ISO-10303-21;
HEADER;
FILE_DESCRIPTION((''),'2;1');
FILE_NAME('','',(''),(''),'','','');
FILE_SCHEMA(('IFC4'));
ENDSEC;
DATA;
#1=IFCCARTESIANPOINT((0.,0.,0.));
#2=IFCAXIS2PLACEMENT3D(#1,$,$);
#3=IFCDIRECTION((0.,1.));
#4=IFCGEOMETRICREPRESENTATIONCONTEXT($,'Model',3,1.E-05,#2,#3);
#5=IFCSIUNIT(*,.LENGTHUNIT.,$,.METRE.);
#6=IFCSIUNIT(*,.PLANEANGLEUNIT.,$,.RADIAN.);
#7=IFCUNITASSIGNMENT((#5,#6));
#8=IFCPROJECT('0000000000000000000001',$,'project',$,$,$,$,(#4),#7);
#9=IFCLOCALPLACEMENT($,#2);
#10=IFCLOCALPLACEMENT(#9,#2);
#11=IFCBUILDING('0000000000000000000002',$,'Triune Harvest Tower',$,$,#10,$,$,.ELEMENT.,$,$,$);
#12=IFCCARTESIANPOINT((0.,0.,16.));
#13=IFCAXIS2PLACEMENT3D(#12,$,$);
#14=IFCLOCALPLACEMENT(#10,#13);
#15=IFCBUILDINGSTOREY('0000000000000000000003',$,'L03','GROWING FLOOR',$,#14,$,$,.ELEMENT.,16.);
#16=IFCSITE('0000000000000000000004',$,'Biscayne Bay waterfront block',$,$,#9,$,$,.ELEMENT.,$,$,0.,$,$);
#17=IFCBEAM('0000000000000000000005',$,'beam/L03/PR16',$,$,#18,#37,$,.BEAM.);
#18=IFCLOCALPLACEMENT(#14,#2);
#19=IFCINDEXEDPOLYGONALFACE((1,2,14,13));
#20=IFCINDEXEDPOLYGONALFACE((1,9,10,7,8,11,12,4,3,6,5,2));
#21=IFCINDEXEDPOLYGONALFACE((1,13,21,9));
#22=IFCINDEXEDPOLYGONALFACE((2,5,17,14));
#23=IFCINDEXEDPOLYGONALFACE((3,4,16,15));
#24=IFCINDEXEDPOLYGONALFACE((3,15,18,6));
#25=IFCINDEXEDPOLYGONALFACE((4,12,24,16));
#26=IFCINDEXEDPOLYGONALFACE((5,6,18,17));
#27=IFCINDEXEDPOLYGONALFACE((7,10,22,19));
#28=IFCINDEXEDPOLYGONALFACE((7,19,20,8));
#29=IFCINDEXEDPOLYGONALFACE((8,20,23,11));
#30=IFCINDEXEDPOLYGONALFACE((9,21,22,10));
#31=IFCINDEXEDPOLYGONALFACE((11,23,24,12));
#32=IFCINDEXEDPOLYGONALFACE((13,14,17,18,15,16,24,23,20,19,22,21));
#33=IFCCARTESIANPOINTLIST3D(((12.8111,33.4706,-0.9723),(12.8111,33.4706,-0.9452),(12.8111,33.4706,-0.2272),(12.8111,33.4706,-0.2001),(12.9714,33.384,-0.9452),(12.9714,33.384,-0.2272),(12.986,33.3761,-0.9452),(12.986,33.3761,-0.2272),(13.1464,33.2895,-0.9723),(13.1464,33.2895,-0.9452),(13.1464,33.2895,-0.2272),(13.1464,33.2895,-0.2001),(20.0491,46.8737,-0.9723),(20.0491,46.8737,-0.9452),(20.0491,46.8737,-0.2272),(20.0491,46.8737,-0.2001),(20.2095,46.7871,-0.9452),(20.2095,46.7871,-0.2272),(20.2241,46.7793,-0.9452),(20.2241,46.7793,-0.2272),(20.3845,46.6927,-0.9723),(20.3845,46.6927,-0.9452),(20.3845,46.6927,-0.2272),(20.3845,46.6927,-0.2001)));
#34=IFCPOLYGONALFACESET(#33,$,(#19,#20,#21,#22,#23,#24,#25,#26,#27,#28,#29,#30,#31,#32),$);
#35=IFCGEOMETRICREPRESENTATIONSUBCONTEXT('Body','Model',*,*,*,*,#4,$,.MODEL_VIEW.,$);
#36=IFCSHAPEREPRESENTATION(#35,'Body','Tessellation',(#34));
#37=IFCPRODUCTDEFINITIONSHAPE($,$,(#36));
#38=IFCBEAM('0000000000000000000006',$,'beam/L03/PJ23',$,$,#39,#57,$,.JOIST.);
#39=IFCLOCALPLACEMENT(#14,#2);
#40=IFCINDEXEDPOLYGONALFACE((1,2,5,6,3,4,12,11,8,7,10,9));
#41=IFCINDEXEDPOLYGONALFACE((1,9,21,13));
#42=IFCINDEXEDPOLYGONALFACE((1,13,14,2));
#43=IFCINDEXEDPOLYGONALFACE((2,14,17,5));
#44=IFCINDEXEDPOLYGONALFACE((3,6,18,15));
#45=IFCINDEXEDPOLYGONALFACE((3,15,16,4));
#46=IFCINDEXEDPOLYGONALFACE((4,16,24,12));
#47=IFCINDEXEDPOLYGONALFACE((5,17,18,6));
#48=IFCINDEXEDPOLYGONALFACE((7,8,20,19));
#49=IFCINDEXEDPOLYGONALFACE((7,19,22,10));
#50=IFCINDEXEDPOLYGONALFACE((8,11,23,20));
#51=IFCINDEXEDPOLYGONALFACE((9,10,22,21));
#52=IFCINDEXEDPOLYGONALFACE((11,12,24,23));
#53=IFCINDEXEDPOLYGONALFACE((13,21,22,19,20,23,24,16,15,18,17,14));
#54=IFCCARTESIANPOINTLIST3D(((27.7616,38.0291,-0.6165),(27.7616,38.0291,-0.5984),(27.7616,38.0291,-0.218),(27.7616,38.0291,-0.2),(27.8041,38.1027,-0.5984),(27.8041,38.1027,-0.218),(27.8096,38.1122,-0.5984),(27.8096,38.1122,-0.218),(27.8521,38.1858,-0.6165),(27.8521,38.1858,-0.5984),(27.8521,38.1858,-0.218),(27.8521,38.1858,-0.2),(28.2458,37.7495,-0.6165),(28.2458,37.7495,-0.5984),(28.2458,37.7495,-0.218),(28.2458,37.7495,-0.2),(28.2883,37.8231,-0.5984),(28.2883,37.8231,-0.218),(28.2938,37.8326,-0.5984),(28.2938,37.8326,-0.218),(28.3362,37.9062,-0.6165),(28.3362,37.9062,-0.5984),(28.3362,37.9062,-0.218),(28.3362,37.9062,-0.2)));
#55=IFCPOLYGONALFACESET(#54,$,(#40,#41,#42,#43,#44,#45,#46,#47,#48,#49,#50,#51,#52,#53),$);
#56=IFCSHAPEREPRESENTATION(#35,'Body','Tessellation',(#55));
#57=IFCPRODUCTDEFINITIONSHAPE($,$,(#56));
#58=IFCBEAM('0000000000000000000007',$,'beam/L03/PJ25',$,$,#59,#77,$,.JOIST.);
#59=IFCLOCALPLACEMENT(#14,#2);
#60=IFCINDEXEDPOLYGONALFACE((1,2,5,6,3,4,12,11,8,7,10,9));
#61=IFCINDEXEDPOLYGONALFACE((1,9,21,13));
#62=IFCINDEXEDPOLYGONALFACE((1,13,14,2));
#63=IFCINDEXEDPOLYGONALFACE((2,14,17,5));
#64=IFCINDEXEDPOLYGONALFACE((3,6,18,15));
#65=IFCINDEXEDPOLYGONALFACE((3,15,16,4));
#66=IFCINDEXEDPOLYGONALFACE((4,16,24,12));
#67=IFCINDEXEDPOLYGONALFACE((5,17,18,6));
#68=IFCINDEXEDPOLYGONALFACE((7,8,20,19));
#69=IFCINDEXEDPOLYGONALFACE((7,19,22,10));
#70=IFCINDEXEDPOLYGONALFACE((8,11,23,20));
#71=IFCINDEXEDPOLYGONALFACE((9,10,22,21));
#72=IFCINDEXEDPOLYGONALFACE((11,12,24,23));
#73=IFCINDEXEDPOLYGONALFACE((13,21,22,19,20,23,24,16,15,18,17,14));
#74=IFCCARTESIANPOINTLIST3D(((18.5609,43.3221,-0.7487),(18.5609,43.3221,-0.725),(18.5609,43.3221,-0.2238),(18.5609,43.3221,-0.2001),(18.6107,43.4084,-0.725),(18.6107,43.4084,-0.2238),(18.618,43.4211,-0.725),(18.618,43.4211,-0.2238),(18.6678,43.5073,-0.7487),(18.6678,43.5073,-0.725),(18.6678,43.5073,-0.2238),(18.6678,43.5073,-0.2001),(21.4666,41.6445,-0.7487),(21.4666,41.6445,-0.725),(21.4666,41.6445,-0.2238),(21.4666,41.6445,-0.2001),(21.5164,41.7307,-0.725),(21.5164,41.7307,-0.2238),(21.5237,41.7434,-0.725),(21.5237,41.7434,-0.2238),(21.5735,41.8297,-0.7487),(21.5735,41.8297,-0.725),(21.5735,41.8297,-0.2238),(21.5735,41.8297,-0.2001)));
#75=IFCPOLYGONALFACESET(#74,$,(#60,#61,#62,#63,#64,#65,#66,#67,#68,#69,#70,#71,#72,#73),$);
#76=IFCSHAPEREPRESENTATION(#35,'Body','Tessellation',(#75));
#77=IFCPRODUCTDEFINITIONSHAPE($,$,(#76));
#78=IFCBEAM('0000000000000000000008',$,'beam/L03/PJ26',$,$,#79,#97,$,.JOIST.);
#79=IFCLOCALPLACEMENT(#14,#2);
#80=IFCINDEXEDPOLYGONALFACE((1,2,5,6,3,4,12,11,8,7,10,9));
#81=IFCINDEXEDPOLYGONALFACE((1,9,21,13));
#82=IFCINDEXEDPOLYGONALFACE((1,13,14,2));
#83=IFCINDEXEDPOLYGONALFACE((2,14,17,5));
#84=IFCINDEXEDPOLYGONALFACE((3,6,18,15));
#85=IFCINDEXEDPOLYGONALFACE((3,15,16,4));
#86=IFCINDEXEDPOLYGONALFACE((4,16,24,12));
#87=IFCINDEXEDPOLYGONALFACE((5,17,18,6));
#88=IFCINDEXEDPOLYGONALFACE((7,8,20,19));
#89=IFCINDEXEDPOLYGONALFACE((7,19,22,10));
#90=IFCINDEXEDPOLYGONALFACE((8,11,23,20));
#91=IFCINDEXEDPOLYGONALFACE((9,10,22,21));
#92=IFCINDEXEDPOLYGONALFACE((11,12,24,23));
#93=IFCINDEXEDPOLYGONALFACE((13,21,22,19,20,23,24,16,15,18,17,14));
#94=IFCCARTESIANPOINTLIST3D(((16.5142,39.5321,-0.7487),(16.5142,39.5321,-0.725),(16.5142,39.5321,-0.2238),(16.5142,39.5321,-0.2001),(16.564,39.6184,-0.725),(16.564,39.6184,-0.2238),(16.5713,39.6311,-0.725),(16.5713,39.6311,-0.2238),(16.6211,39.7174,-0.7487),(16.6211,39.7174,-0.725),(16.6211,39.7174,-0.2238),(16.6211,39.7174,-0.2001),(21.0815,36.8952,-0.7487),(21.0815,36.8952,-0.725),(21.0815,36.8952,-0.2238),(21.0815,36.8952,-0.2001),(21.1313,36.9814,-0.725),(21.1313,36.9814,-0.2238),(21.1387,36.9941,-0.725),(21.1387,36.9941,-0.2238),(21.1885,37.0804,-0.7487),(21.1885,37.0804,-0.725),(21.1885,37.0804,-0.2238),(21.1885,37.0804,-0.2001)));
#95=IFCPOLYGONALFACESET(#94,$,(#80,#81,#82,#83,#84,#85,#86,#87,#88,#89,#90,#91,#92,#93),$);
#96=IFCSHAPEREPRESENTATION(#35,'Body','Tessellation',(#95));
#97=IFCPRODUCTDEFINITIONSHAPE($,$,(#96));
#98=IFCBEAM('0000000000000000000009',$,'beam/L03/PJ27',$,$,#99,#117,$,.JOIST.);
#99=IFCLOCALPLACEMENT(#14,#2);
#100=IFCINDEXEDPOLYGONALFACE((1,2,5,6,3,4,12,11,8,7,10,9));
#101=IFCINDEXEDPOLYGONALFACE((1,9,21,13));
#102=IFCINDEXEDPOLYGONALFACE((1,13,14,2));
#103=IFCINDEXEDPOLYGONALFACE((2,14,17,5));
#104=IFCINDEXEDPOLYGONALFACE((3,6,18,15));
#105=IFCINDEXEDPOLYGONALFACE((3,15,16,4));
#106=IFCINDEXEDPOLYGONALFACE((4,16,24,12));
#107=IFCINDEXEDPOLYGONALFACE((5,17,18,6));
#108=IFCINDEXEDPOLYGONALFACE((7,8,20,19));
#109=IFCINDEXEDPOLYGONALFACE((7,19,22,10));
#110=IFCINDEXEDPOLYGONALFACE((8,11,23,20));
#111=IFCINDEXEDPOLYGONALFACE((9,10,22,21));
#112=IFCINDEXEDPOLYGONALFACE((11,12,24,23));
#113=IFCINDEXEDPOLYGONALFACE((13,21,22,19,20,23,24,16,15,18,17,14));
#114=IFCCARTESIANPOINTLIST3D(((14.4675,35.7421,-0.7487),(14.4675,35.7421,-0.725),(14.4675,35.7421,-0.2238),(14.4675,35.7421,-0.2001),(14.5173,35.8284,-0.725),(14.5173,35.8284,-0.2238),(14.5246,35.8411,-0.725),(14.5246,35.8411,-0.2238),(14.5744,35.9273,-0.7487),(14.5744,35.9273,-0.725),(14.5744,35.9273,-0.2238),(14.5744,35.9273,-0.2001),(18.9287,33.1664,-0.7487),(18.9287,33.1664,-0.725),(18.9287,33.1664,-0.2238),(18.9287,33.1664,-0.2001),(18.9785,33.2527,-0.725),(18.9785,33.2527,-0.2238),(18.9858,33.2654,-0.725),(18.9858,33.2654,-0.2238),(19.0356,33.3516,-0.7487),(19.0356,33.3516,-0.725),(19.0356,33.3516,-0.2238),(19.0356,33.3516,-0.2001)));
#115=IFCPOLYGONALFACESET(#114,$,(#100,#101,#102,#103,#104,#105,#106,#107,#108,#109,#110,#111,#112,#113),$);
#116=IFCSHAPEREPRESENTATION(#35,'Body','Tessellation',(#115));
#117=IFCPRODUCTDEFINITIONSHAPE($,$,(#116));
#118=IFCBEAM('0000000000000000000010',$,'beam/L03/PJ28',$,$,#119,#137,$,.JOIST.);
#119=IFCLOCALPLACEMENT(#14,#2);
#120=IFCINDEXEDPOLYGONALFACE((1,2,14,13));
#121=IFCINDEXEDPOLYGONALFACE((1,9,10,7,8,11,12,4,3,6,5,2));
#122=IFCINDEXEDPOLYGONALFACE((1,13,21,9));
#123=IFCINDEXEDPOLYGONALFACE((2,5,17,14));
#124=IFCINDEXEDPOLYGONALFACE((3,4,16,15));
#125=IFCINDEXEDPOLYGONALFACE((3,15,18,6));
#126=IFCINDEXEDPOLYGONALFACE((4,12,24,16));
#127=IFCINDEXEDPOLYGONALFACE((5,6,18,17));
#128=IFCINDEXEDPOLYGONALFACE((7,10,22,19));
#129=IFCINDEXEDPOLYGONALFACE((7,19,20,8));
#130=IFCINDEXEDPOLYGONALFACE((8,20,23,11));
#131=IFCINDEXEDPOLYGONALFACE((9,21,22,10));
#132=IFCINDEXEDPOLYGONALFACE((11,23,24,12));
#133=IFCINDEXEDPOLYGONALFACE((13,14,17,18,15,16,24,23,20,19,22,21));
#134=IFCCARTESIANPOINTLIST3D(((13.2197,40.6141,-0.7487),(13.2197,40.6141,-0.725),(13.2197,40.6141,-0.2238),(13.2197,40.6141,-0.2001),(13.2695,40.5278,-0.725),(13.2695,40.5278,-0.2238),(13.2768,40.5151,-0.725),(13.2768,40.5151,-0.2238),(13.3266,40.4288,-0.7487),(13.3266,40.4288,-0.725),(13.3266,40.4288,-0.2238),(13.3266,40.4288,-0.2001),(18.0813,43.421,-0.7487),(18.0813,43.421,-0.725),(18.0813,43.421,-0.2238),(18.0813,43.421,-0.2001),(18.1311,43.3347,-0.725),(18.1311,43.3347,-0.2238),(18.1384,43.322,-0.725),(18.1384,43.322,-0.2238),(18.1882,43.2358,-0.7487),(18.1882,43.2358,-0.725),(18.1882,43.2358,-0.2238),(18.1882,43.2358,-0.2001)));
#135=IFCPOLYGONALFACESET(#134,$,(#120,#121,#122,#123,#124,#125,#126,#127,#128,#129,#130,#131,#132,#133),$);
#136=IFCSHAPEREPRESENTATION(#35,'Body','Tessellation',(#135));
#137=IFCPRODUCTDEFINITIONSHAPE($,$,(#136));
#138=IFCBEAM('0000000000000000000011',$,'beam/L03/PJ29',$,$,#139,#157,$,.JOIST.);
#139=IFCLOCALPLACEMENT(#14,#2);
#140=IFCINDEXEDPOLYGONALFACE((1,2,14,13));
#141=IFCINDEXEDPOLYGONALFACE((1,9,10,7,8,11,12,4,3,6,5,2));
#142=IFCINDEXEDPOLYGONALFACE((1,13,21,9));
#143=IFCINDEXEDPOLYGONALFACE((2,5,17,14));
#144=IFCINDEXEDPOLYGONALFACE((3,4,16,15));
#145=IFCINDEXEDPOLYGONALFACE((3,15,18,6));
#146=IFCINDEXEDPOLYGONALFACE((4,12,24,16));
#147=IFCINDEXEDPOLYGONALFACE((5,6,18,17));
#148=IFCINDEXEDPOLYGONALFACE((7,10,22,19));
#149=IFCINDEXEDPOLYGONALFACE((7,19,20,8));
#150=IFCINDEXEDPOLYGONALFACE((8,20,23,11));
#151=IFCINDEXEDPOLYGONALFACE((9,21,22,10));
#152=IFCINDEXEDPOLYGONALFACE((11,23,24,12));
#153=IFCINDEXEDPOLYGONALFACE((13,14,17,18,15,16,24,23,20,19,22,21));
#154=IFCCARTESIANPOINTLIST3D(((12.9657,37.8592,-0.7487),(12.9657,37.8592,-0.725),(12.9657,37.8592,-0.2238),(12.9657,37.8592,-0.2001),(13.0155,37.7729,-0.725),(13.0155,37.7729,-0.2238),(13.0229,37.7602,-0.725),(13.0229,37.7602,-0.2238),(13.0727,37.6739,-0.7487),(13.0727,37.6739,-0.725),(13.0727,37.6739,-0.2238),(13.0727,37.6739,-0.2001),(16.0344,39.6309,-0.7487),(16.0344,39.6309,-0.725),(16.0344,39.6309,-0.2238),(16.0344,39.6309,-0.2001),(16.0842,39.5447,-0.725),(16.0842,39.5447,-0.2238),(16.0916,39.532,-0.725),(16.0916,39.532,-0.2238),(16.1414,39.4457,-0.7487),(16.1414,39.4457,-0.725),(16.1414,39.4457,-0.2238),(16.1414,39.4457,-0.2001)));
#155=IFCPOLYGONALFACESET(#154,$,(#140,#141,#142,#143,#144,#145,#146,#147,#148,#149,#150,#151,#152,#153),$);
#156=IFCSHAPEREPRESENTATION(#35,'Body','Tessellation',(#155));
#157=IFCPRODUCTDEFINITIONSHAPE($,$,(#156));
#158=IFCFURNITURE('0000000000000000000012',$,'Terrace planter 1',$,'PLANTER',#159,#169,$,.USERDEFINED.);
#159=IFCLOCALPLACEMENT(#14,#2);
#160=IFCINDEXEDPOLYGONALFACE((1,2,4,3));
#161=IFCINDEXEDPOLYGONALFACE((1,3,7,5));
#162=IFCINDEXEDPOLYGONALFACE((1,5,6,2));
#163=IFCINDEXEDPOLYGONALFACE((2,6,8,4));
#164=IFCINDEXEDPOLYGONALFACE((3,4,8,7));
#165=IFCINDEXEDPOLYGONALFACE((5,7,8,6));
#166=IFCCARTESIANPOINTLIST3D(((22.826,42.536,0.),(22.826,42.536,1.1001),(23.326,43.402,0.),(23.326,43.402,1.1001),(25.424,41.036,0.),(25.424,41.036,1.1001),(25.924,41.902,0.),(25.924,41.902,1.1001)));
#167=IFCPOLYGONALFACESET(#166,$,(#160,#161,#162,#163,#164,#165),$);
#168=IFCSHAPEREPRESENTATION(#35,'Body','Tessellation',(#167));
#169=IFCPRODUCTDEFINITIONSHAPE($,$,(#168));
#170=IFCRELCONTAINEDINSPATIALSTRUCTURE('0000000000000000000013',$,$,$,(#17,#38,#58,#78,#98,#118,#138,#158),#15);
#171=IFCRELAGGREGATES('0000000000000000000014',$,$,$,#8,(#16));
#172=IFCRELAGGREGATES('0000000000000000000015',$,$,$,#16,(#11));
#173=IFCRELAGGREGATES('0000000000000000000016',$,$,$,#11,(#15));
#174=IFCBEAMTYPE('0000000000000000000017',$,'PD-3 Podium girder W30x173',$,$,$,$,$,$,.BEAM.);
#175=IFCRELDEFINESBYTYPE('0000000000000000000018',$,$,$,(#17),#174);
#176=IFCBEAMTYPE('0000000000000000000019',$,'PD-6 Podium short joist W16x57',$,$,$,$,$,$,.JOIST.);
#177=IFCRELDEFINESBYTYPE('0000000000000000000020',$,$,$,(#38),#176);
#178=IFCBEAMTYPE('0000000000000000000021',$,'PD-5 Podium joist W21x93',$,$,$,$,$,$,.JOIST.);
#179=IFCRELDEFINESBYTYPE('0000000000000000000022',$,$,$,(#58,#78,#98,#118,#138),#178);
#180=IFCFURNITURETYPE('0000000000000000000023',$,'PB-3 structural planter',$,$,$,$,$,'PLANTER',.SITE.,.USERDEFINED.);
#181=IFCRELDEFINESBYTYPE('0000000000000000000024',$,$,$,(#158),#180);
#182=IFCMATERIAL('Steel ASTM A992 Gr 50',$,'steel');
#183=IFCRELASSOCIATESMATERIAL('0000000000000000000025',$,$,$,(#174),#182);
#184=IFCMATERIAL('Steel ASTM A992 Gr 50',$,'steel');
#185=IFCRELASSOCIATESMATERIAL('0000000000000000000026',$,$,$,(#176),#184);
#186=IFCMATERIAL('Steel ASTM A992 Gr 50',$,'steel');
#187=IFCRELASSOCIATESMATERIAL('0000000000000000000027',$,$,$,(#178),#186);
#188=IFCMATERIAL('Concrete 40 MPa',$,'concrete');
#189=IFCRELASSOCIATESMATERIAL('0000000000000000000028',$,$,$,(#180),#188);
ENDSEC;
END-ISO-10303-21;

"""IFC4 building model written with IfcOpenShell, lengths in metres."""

from ifc_helpers import new_model, si_unit, direction, frame, origin, origin_2d, place, context, subcontext, project, spatial, rectangle, i_section, extrude, source, transform, mapped, material, material_profile, profile_set, type_object, element, save


model = new_model("IFC4")

# Units and contexts
model_context = context("Model", 3, precision=1e-05, world=origin(), true_north=direction((0.0, 1.0)))
body_context = subcontext(model_context, "Body", "Model", "MODEL_VIEW")
ifc_project = project(units=[si_unit("LENGTHUNIT", "METRE"), si_unit("PLANEANGLEUNIT", "RADIAN")], contexts=[model_context])

# Site, building, storey
site_placement = place(None, origin())
site = spatial("IfcSite", under=ifc_project, at=site_placement, Name="Biscayne Bay waterfront block", CompositionType="ELEMENT", RefElevation=0.0)
building_placement = place(site_placement, origin())
building = spatial("IfcBuilding", under=site, at=building_placement, Name="Triune Harvest Tower", CompositionType="ELEMENT")
storey_placement = place(building_placement, frame((0.0, 0.0, 16.0)))
storey = spatial("IfcBuildingStorey", under=building, at=storey_placement, Name="L03", Description="GROWING FLOOR", CompositionType="ELEMENT", Elevation=16.0)

# Beams
ifc_material_1 = material(Name="Steel ASTM A992 Gr 50", Category="steel")
ifc_material_profile_1 = material_profile(ifc_material_1, i_section(OverallWidth=0.3811, OverallDepth=0.7722, WebThickness=0.0166, FlangeThickness=0.0271, at=origin_2d()), Name="W30x173")
ifc_profile_set_1 = profile_set([ifc_material_profile_1], Name="Steel ASTM A992 Gr 50")
beam_type_1 = type_object("IfcBeamType", Name="PD-3 Podium girder W30x173", PredefinedType="BEAM", material=ifc_profile_set_1)
shared_shape_1 = source(origin(), body_context, "Body", "SweptSolid", [
    extrude(i_section(OverallWidth=0.3811, OverallDepth=0.7722, WebThickness=0.0166, FlangeThickness=0.0271, at=origin_2d()), origin(), (0.0, 0.0, 1.0), 15.2327),
])
beam_1_placement = place(storey_placement, frame((20.2168, 46.7832, -0.5862), z_axis=(-0.475168, -0.879895, 0.0), x_axis=(0.879895, -0.475168, 0.0)))
element("IfcBeam", 1, at=beam_1_placement, inside=storey, type_object=beam_type_1, Name="beam/L03/PR16", PredefinedType="BEAM", context=body_context, shape_type="MappedRepresentation", body=[
    mapped(shared_shape_1, transform((0.0, 0.0, 0.0), scale=1.0)),
])
ifc_material_2 = material(Name="Steel ASTM A992 Gr 50", Category="steel")
ifc_material_profile_2 = material_profile(ifc_material_2, i_section(OverallWidth=0.1809, OverallDepth=0.4165, WebThickness=0.011, FlangeThickness=0.0181, at=origin_2d()), Name="W16x57")
ifc_profile_set_2 = profile_set([ifc_material_profile_2], Name="Steel ASTM A992 Gr 50")
beam_type_2 = type_object("IfcBeamType", Name="PD-6 Podium short joist W16x57", PredefinedType="JOIST", material=ifc_profile_set_2)
shared_shape_2 = source(origin(), body_context, "Body", "SweptSolid", [
    extrude(i_section(OverallWidth=0.1809, OverallDepth=0.4165, WebThickness=0.011, FlangeThickness=0.0181, at=origin_2d()), origin(), (0.0, 0.0, 1.0), 0.5591),
])
beam_2_placement = place(storey_placement, frame((28.291, 37.8279, -0.4082), z_axis=(-0.866004, 0.500037, 0.0), x_axis=(-0.500037, -0.866004, 0.0)))
element("IfcBeam", 2, at=beam_2_placement, inside=storey, type_object=beam_type_2, Name="beam/L03/PJ23", PredefinedType="JOIST", context=body_context, shape_type="MappedRepresentation", body=[
    mapped(shared_shape_2, transform((0.0, 0.0, 0.0), scale=1.0)),
])
ifc_material_3 = material(Name="Steel ASTM A992 Gr 50", Category="steel")
ifc_material_profile_3 = material_profile(ifc_material_3, i_section(OverallWidth=0.2139, OverallDepth=0.5486, WebThickness=0.0146, FlangeThickness=0.0237, at=origin_2d()), Name="W21x93")
ifc_profile_set_3 = profile_set([ifc_material_profile_3], Name="Steel ASTM A992 Gr 50")
beam_type_3 = type_object("IfcBeamType", Name="PD-5 Podium joist W21x93", PredefinedType="JOIST", material=ifc_profile_set_3)
shared_shape_3 = source(origin(), body_context, "Body", "SweptSolid", [
    extrude(i_section(OverallWidth=0.2139, OverallDepth=0.5486, WebThickness=0.0146, FlangeThickness=0.0237, at=origin_2d()), origin(), (0.0, 0.0, 1.0), 3.3552),
])
beam_3_placement = place(storey_placement, frame((21.52, 41.7371, -0.4744), z_axis=(-0.866014, 0.500021, 0.0), x_axis=(-0.500021, -0.866014, 0.0)))
element("IfcBeam", 3, at=beam_3_placement, inside=storey, type_object=beam_type_3, Name="beam/L03/PJ25", PredefinedType="JOIST", context=body_context, shape_type="MappedRepresentation", body=[
    mapped(shared_shape_3, transform((0.0, 0.0, 0.0), scale=1.0)),
])
shared_shape_4 = source(origin(), body_context, "Body", "SweptSolid", [
    extrude(i_section(OverallWidth=0.2139, OverallDepth=0.5486, WebThickness=0.0146, FlangeThickness=0.0237, at=origin_2d()), origin(), (0.0, 0.0, 1.0), 5.2739),
])
beam_4_placement = place(storey_placement, frame((21.135, 36.9878, -0.4744), z_axis=(-0.866027, 0.499998, 0.0), x_axis=(-0.499998, -0.866027, 0.0)))
element("IfcBeam", 4, at=beam_4_placement, inside=storey, type_object=beam_type_3, Name="beam/L03/PJ26", PredefinedType="JOIST", context=body_context, shape_type="MappedRepresentation", body=[
    mapped(shared_shape_4, transform((0.0, 0.0, 0.0), scale=1.0)),
])
shared_shape_5 = source(origin(), body_context, "Body", "SweptSolid", [
    extrude(i_section(OverallWidth=0.2139, OverallDepth=0.5486, WebThickness=0.0146, FlangeThickness=0.0237, at=origin_2d()), origin(), (0.0, 0.0, 1.0), 5.1514),
])
beam_5_placement = place(storey_placement, frame((18.9822, 33.259, -0.4744), z_axis=(-0.866024, 0.500003, 0.0), x_axis=(-0.500003, -0.866024, 0.0)))
element("IfcBeam", 5, at=beam_5_placement, inside=storey, type_object=beam_type_3, Name="beam/L03/PJ27", PredefinedType="JOIST", context=body_context, shape_type="MappedRepresentation", body=[
    mapped(shared_shape_5, transform((0.0, 0.0, 0.0), scale=1.0)),
])
shared_shape_6 = source(origin(), body_context, "Body", "SweptSolid", [
    extrude(i_section(OverallWidth=0.2139, OverallDepth=0.5486, WebThickness=0.0146, FlangeThickness=0.0237, at=origin_2d()), origin(), (0.0, 0.0, 1.0), 5.6138),
])
beam_6_placement = place(storey_placement, frame((18.1348, 43.3284, -0.4744), z_axis=(-0.866021, -0.500007, 0.0), x_axis=(0.500007, -0.866021, 0.0)))
element("IfcBeam", 6, at=beam_6_placement, inside=storey, type_object=beam_type_3, Name="beam/L03/PJ28", PredefinedType="JOIST", context=body_context, shape_type="MappedRepresentation", body=[
    mapped(shared_shape_6, transform((0.0, 0.0, 0.0), scale=1.0)),
])
shared_shape_7 = source(origin(), body_context, "Body", "SweptSolid", [
    extrude(i_section(OverallWidth=0.2139, OverallDepth=0.5486, WebThickness=0.0146, FlangeThickness=0.0237, at=origin_2d()), origin(), (0.0, 0.0, 1.0), 3.5435),
])
beam_7_placement = place(storey_placement, frame((16.0879, 39.5383, -0.4744), z_axis=(-0.866017, -0.500015, 0.0), x_axis=(0.500015, -0.866017, 0.0)))
element("IfcBeam", 7, at=beam_7_placement, inside=storey, type_object=beam_type_3, Name="beam/L03/PJ29", PredefinedType="JOIST", context=body_context, shape_type="MappedRepresentation", body=[
    mapped(shared_shape_7, transform((0.0, 0.0, 0.0), scale=1.0)),
])

# Furniture
ifc_material_4 = material(Name="Concrete 40 MPa", Category="concrete")
furniture_type_1 = type_object("IfcFurnitureType", Name="PB-3 structural planter", ElementType="PLANTER", AssemblyPlace="SITE", PredefinedType="USERDEFINED", material=ifc_material_4)
shared_shape_8 = source(origin(), body_context, "Body", "SweptSolid", [
    extrude(rectangle(XDim=3.0, YDim=1.0, at=origin_2d()), origin(), (0.0, 0.0, 1.0), 1.1001),
])
furniture_1_placement = place(storey_placement, frame((24.375, 42.219, 0.0), z_axis=(0.0, 0.0, 1.0), x_axis=(-0.866027, 0.499997, 0.0)))
element("IfcFurniture", 8, at=furniture_1_placement, inside=storey, type_object=furniture_type_1, Name="Terrace planter 1", ObjectType="PLANTER", PredefinedType="USERDEFINED", context=body_context, shape_type="MappedRepresentation", body=[
    mapped(shared_shape_8, transform((0.0, 0.0, 0.0), scale=1.0)),
])

save(model, "model.ifc")
